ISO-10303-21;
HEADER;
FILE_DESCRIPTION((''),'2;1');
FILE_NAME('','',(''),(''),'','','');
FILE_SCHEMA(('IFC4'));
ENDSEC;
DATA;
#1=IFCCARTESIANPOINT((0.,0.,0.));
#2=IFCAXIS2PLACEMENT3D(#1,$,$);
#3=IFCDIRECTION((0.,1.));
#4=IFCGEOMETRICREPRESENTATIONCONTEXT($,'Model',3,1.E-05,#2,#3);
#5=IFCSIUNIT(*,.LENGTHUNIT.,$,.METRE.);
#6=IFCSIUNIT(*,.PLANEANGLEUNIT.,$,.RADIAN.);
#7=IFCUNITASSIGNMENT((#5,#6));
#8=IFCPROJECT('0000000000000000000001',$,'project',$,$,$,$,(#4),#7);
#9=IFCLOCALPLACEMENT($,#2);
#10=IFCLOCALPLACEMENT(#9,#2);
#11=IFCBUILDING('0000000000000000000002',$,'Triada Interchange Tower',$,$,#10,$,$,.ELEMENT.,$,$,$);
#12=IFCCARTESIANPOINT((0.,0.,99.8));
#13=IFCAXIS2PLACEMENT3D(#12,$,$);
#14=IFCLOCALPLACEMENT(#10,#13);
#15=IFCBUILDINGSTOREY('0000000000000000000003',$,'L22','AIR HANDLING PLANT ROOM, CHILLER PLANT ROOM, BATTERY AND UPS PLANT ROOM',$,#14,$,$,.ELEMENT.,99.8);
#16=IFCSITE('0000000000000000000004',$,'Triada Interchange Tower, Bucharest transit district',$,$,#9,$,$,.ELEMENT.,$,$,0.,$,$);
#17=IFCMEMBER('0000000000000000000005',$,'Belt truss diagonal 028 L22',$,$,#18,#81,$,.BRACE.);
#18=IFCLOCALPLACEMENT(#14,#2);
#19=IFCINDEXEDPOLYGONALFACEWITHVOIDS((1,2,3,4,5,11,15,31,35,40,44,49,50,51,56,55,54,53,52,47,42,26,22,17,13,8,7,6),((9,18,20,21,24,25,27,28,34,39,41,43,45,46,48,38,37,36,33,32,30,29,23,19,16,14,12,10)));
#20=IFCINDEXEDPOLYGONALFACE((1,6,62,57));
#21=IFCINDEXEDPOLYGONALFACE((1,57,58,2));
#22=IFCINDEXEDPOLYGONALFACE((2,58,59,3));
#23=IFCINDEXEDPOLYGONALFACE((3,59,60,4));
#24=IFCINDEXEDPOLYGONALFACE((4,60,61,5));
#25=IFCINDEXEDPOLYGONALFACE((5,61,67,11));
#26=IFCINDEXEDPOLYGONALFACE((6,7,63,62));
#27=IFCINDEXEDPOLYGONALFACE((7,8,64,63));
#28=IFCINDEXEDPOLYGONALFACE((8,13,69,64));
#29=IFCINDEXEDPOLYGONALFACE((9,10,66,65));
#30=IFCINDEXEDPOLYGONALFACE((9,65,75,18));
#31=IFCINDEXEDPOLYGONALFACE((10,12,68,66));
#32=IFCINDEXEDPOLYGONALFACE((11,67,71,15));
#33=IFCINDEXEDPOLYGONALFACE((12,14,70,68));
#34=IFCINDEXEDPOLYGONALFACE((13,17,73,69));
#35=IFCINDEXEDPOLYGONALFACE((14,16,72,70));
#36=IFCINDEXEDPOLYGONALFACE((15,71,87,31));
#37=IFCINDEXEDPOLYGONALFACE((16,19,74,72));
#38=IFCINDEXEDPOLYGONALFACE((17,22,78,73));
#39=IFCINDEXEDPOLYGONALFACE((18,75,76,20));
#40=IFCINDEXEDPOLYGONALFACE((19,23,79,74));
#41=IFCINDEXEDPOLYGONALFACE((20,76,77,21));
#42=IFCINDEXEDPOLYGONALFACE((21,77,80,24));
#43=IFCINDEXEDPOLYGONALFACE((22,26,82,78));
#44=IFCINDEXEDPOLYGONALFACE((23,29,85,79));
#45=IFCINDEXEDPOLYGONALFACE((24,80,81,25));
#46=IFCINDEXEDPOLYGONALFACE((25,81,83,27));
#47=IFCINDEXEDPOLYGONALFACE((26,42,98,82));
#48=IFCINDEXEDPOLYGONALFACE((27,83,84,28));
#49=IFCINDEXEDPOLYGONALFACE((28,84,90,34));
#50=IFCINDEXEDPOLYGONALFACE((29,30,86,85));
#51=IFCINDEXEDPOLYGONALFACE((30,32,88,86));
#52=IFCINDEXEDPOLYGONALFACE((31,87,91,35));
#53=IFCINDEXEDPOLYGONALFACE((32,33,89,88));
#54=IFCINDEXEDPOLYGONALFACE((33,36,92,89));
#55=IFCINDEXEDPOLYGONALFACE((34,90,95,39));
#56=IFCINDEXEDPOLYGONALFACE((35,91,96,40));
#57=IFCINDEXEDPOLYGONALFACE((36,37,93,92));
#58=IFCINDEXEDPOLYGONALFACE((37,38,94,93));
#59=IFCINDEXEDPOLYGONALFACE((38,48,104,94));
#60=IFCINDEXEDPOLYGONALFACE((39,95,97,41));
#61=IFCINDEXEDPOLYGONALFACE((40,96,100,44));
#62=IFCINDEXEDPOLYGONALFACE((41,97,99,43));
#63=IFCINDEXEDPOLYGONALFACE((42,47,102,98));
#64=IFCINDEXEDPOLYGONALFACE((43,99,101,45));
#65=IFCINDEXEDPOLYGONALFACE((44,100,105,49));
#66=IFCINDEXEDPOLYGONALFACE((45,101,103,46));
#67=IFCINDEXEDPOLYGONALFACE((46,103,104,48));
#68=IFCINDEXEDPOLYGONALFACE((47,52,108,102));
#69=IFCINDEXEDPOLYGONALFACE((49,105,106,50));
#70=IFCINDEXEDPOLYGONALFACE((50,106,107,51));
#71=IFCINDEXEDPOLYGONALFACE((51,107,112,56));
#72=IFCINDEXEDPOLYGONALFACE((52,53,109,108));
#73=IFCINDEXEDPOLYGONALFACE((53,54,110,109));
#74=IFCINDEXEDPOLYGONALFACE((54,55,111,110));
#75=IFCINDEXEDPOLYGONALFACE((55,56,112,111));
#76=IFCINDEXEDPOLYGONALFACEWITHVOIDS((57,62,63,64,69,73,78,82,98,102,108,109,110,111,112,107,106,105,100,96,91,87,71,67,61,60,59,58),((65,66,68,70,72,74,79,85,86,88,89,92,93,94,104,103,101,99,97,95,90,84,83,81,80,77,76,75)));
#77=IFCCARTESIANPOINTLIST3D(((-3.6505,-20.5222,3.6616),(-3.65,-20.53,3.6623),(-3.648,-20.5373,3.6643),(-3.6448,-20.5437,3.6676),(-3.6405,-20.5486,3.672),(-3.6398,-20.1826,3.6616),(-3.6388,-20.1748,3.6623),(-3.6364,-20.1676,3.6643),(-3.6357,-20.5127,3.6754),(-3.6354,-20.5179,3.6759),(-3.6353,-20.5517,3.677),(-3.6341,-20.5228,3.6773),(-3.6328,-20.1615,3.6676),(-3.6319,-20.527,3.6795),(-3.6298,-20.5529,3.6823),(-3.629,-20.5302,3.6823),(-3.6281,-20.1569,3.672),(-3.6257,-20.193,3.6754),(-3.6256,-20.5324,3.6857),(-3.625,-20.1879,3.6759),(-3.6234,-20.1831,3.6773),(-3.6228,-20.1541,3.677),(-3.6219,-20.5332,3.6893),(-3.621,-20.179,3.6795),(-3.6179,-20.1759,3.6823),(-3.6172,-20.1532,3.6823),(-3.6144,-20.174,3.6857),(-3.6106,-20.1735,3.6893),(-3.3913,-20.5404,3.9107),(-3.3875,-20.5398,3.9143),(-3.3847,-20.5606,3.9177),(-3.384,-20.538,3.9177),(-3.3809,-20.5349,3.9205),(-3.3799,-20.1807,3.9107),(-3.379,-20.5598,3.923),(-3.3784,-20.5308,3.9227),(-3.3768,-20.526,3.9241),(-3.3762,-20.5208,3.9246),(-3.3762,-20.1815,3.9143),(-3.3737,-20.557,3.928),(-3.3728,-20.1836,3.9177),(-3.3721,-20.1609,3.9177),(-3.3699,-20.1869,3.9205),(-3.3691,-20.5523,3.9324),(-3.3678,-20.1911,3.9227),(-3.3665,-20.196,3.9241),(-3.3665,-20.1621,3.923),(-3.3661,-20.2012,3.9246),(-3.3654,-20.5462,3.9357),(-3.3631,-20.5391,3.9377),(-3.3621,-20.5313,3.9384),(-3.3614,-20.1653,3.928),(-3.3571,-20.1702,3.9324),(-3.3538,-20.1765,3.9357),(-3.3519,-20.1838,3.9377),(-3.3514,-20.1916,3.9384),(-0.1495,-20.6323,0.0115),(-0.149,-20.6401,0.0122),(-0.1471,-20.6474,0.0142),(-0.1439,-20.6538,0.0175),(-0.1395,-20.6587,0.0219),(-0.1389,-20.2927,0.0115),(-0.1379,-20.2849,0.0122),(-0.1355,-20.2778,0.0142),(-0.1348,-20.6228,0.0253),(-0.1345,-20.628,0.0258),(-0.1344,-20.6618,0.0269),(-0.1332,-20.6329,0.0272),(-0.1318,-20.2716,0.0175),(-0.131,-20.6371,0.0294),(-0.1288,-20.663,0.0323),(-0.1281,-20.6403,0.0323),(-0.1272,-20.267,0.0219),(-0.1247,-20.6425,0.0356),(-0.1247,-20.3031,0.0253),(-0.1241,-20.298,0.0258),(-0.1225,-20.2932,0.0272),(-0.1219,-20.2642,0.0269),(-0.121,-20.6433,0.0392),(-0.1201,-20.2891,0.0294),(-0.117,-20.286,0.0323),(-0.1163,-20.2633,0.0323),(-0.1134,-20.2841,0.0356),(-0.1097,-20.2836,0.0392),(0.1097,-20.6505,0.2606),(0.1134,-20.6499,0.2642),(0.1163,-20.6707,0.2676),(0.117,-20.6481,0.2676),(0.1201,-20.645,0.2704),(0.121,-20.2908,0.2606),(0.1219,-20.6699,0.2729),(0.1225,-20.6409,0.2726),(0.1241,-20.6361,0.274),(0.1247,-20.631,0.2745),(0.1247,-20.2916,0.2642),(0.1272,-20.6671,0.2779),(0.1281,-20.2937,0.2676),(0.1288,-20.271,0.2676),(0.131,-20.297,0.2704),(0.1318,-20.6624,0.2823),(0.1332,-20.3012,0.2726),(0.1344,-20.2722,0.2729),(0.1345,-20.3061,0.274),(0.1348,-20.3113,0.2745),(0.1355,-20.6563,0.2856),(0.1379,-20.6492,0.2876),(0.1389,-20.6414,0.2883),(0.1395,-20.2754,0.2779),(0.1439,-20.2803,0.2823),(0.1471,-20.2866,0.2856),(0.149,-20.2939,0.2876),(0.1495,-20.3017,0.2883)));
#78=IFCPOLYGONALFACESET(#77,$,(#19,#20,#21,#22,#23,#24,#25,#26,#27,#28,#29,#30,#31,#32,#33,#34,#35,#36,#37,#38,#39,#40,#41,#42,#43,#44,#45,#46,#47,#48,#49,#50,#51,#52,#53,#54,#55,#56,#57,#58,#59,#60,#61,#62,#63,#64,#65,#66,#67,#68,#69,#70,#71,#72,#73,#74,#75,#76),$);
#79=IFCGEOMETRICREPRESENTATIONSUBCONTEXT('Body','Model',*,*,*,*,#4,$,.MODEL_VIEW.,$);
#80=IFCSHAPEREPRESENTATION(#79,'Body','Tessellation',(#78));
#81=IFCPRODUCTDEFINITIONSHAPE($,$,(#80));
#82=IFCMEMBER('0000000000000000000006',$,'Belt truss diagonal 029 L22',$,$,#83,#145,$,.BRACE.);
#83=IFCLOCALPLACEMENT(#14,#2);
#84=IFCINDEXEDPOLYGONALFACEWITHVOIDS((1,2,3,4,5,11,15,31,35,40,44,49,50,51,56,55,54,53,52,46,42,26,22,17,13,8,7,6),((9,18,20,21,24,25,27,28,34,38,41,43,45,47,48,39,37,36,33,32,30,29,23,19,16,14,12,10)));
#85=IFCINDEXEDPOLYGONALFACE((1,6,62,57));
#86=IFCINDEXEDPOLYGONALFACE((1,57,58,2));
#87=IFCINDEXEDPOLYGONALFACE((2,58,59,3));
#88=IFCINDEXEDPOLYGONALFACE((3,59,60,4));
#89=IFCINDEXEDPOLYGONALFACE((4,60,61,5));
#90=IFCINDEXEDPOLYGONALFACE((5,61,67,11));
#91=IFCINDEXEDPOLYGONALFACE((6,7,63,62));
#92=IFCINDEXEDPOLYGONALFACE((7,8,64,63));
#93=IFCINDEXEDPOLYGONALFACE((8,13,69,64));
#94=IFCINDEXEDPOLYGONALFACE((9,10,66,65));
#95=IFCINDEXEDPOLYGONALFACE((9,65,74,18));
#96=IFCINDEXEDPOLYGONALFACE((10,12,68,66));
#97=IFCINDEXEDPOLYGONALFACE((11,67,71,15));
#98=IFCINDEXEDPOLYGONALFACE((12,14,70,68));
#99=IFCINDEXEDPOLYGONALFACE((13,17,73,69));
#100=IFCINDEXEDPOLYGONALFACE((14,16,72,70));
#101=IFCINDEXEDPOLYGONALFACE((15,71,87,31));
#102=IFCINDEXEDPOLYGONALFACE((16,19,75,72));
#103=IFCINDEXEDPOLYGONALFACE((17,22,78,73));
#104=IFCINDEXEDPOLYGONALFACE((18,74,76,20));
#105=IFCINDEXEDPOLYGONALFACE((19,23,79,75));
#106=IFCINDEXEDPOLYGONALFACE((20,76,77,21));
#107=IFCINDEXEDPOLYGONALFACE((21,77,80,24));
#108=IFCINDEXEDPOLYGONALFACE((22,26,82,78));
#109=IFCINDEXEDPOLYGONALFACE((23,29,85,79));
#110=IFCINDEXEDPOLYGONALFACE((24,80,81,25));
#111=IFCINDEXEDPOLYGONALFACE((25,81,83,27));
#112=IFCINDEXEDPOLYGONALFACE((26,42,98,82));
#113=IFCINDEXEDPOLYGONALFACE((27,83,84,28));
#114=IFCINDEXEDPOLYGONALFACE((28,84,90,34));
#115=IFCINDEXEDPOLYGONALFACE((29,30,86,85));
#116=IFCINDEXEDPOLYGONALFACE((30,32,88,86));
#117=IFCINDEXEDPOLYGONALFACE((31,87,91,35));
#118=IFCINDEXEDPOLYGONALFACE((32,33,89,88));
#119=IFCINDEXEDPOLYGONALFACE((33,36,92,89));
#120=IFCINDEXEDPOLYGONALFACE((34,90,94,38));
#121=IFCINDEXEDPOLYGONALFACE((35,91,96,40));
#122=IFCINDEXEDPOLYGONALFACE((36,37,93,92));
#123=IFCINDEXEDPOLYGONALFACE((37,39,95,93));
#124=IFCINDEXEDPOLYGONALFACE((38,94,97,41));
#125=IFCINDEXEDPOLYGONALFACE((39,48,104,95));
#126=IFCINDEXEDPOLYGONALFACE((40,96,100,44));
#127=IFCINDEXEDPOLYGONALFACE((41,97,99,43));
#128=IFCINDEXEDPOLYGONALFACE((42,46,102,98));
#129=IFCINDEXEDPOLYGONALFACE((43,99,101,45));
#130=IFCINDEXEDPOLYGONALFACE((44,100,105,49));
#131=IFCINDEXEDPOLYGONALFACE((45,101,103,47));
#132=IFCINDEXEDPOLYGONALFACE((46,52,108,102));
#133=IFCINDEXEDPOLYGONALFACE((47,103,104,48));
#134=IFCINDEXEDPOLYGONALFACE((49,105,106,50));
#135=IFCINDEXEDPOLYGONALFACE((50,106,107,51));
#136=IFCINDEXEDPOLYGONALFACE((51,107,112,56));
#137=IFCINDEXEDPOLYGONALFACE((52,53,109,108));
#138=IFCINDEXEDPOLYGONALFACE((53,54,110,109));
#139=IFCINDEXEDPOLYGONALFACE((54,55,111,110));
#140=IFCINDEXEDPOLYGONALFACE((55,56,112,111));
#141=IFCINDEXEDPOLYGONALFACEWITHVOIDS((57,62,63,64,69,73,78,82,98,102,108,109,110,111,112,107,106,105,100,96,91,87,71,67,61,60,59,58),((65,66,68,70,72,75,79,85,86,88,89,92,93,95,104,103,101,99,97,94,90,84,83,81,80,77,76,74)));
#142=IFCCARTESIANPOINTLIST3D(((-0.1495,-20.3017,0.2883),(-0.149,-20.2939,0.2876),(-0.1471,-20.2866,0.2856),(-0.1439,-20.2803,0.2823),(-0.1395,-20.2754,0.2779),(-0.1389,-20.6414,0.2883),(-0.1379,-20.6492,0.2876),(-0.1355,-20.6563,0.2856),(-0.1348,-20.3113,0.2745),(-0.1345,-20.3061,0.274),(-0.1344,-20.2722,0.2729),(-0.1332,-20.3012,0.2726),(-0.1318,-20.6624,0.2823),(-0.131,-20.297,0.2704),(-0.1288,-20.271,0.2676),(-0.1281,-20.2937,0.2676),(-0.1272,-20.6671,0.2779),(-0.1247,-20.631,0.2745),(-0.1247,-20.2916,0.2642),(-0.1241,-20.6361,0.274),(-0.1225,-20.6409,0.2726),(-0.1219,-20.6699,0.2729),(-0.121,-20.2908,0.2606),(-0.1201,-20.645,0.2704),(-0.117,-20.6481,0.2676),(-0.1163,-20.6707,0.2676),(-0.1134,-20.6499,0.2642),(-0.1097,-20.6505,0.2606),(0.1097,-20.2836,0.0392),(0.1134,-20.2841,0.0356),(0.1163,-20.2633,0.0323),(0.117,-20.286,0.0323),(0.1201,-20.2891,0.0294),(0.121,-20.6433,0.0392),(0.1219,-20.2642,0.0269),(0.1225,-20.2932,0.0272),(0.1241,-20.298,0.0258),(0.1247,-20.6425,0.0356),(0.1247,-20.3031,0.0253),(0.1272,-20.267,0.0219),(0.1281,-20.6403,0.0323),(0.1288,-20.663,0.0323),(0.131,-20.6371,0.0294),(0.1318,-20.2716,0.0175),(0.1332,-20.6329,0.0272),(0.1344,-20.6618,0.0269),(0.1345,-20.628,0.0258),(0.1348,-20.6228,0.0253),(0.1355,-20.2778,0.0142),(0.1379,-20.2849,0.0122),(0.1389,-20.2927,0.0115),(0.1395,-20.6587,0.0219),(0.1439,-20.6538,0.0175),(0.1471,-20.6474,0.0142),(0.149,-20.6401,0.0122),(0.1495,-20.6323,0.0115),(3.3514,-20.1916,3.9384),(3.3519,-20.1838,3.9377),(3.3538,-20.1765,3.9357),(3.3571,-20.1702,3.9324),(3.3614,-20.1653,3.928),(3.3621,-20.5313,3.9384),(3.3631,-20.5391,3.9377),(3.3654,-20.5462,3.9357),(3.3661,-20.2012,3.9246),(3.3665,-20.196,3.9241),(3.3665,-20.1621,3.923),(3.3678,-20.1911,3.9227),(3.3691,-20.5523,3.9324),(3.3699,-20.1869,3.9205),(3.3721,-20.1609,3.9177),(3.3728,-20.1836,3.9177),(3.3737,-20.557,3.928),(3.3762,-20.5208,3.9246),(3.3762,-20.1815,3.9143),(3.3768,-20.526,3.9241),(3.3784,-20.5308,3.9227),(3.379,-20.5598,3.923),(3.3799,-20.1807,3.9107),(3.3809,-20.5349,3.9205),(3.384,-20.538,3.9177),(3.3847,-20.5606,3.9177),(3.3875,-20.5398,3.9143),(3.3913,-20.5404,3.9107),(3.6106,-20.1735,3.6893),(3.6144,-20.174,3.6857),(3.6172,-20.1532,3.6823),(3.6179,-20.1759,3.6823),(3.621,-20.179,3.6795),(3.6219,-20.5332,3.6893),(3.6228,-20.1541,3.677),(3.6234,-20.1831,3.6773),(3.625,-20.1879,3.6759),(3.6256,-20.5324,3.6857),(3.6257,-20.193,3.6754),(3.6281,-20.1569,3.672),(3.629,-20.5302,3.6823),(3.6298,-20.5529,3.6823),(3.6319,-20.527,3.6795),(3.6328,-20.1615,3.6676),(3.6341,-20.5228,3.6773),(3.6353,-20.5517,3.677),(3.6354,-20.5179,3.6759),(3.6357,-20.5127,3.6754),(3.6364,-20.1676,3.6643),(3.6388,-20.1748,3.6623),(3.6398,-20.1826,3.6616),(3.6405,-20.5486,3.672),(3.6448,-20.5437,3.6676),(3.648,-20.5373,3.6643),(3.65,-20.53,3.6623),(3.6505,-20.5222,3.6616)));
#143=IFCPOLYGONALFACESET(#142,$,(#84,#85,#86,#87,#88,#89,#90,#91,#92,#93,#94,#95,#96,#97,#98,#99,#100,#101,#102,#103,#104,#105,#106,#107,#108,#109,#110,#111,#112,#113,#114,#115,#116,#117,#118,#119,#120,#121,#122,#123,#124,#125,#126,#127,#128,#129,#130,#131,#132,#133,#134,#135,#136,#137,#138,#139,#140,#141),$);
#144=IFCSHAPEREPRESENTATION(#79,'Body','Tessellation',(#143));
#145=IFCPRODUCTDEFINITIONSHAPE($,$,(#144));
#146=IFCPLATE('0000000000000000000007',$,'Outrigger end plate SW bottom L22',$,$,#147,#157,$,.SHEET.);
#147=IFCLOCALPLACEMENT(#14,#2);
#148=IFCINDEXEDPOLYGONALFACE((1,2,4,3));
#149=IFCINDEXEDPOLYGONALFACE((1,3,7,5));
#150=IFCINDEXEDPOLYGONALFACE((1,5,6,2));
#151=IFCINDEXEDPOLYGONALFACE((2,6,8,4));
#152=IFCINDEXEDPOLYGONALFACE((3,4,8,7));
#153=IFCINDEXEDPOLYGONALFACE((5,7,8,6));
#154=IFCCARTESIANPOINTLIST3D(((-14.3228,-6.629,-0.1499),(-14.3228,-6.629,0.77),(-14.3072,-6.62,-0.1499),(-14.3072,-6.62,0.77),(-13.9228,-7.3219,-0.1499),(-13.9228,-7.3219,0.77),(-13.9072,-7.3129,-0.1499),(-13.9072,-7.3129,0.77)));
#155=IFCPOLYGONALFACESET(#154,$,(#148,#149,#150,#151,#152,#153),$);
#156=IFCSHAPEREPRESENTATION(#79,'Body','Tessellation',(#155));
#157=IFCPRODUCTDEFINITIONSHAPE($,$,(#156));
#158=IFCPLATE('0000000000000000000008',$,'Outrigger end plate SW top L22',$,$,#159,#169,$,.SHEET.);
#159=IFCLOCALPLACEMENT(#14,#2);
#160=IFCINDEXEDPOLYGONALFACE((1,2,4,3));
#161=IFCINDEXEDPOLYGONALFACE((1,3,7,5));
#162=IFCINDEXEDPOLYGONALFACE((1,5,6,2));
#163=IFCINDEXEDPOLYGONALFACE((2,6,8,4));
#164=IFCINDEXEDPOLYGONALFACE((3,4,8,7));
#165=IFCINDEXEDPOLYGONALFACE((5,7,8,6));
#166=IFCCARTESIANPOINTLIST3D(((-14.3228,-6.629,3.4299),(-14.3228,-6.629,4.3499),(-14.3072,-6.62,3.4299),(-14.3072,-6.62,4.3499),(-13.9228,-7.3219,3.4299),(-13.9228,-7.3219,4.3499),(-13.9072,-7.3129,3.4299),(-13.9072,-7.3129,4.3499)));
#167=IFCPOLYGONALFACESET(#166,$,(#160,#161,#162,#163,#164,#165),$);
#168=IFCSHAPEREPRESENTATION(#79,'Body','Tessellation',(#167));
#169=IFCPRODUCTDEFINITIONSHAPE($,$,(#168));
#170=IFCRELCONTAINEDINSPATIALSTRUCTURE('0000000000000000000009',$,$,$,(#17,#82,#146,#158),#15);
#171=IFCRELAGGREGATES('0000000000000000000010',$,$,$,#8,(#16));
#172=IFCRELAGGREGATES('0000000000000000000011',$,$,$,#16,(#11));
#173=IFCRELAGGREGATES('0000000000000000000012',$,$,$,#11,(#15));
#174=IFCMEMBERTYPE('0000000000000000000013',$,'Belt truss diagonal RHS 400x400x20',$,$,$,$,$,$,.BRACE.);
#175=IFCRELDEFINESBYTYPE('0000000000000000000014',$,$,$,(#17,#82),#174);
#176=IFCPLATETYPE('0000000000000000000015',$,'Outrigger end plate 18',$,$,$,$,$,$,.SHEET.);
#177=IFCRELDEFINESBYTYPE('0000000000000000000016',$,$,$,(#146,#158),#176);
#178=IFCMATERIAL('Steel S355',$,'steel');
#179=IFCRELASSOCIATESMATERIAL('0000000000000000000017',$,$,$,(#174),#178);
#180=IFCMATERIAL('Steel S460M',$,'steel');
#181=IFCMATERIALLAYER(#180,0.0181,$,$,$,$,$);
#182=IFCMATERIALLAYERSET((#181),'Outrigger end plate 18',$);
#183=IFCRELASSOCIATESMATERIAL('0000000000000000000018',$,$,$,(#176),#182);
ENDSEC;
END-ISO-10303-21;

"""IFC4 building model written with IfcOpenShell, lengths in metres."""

from ifc_helpers import new_model, si_unit, direction, frame, origin, origin_2d, place, context, subcontext, project, spatial, rectangle, hollow_rectangle, extrude, material, layer, layer_set, material_profile, profile_set, type_object, element, save


model = new_model("IFC4")

# Units and contexts
model_context = context("Model", 3, precision=1e-05, world=origin(), true_north=direction((0.0, 1.0)))
body_context = subcontext(model_context, "Body", "Model", "MODEL_VIEW")
ifc_project = project(units=[si_unit("LENGTHUNIT", "METRE"), si_unit("PLANEANGLEUNIT", "RADIAN")], contexts=[model_context])

# Site, building, storey
site_placement = place(None, origin())
site = spatial("IfcSite", under=ifc_project, at=site_placement, Name="Triada Interchange Tower, Bucharest transit district", CompositionType="ELEMENT", RefElevation=0.0)
building_placement = place(site_placement, origin())
building = spatial("IfcBuilding", under=site, at=building_placement, Name="Triada Interchange Tower", CompositionType="ELEMENT")
storey_placement = place(building_placement, frame((0.0, 0.0, 99.8)))
storey = spatial("IfcBuildingStorey", under=building, at=storey_placement, Name="L22", Description="AIR HANDLING PLANT ROOM, CHILLER PLANT ROOM, BATTERY AND UPS PLANT ROOM", CompositionType="ELEMENT", Elevation=99.8)

# Members
ifc_material_1 = material(Name="Steel S355", Category="steel")
ifc_material_profile_1 = material_profile(ifc_material_1, hollow_rectangle(XDim=0.3999, YDim=0.3999, WallThickness=0.02, InnerFilletRadius=0.02, OuterFilletRadius=0.03, at=origin_2d()), Name="RHS 400x400x20")
ifc_profile_set_1 = profile_set([ifc_material_profile_1], Name="Steel S355")
member_type = type_object("IfcMemberType", Name="Belt truss diagonal RHS 400x400x20", PredefinedType="BRACE", material=ifc_profile_set_1)
for number, where, z_axis, x_axis, name in (
    (1, (0.0, -20.467, 0.1499), (-0.692042, 0.021765, 0.721529), (-0.031435, -0.999506, 0.0), "Belt truss diagonal 028 L22"),
    (2, (0.0, -20.467, 0.1499), (0.692042, 0.021765, 0.721529), (-0.031435, 0.999506, 0.0), "Belt truss diagonal 029 L22"),
):
    element("IfcMember", number, at=place(storey_placement, frame(where, z_axis=z_axis, x_axis=x_axis)), inside=storey, type_object=member_type, Name=name, PredefinedType="BRACE", context=body_context, shape_type="SweptSolid", body=[
        extrude(hollow_rectangle(XDim=0.3999, YDim=0.3999, WallThickness=0.02, InnerFilletRadius=0.02, OuterFilletRadius=0.03, at=origin_2d()), origin(), (0.0, 0.0, 1.0), 5.0588),
    ])

# Plates
ifc_material_2 = material(Name="Steel S460M", Category="steel")
ifc_layer_1 = layer(ifc_material_2, 0.0181)
ifc_layer_set_1 = layer_set([ifc_layer_1], Name="Outrigger end plate 18")
plate_type = type_object("IfcPlateType", Name="Outrigger end plate 18", PredefinedType="SHEET", material=ifc_layer_set_1)
for number, where, z_axis, x_axis, name in (
    (3, (-14.115, -6.9709, -0.1499), (0.0, 0.0, 1.0), (-0.866025, -0.5, 0.0), "Outrigger end plate SW bottom L22"),
    (4, (-14.115, -6.9709, 3.4299), (0.0, 0.0, 1.0), (-0.866025, -0.5, 0.0), "Outrigger end plate SW top L22"),
):
    element("IfcPlate", number, at=place(storey_placement, frame(where, z_axis=z_axis, x_axis=x_axis)), inside=storey, type_object=plate_type, Name=name, PredefinedType="SHEET", context=body_context, shape_type="SweptSolid", body=[
        extrude(rectangle(XDim=0.0181, YDim=0.8, at=origin_2d()), origin(), (0.0, 0.0, 1.0), 0.9199),
    ])

save(model, "model.ifc")
